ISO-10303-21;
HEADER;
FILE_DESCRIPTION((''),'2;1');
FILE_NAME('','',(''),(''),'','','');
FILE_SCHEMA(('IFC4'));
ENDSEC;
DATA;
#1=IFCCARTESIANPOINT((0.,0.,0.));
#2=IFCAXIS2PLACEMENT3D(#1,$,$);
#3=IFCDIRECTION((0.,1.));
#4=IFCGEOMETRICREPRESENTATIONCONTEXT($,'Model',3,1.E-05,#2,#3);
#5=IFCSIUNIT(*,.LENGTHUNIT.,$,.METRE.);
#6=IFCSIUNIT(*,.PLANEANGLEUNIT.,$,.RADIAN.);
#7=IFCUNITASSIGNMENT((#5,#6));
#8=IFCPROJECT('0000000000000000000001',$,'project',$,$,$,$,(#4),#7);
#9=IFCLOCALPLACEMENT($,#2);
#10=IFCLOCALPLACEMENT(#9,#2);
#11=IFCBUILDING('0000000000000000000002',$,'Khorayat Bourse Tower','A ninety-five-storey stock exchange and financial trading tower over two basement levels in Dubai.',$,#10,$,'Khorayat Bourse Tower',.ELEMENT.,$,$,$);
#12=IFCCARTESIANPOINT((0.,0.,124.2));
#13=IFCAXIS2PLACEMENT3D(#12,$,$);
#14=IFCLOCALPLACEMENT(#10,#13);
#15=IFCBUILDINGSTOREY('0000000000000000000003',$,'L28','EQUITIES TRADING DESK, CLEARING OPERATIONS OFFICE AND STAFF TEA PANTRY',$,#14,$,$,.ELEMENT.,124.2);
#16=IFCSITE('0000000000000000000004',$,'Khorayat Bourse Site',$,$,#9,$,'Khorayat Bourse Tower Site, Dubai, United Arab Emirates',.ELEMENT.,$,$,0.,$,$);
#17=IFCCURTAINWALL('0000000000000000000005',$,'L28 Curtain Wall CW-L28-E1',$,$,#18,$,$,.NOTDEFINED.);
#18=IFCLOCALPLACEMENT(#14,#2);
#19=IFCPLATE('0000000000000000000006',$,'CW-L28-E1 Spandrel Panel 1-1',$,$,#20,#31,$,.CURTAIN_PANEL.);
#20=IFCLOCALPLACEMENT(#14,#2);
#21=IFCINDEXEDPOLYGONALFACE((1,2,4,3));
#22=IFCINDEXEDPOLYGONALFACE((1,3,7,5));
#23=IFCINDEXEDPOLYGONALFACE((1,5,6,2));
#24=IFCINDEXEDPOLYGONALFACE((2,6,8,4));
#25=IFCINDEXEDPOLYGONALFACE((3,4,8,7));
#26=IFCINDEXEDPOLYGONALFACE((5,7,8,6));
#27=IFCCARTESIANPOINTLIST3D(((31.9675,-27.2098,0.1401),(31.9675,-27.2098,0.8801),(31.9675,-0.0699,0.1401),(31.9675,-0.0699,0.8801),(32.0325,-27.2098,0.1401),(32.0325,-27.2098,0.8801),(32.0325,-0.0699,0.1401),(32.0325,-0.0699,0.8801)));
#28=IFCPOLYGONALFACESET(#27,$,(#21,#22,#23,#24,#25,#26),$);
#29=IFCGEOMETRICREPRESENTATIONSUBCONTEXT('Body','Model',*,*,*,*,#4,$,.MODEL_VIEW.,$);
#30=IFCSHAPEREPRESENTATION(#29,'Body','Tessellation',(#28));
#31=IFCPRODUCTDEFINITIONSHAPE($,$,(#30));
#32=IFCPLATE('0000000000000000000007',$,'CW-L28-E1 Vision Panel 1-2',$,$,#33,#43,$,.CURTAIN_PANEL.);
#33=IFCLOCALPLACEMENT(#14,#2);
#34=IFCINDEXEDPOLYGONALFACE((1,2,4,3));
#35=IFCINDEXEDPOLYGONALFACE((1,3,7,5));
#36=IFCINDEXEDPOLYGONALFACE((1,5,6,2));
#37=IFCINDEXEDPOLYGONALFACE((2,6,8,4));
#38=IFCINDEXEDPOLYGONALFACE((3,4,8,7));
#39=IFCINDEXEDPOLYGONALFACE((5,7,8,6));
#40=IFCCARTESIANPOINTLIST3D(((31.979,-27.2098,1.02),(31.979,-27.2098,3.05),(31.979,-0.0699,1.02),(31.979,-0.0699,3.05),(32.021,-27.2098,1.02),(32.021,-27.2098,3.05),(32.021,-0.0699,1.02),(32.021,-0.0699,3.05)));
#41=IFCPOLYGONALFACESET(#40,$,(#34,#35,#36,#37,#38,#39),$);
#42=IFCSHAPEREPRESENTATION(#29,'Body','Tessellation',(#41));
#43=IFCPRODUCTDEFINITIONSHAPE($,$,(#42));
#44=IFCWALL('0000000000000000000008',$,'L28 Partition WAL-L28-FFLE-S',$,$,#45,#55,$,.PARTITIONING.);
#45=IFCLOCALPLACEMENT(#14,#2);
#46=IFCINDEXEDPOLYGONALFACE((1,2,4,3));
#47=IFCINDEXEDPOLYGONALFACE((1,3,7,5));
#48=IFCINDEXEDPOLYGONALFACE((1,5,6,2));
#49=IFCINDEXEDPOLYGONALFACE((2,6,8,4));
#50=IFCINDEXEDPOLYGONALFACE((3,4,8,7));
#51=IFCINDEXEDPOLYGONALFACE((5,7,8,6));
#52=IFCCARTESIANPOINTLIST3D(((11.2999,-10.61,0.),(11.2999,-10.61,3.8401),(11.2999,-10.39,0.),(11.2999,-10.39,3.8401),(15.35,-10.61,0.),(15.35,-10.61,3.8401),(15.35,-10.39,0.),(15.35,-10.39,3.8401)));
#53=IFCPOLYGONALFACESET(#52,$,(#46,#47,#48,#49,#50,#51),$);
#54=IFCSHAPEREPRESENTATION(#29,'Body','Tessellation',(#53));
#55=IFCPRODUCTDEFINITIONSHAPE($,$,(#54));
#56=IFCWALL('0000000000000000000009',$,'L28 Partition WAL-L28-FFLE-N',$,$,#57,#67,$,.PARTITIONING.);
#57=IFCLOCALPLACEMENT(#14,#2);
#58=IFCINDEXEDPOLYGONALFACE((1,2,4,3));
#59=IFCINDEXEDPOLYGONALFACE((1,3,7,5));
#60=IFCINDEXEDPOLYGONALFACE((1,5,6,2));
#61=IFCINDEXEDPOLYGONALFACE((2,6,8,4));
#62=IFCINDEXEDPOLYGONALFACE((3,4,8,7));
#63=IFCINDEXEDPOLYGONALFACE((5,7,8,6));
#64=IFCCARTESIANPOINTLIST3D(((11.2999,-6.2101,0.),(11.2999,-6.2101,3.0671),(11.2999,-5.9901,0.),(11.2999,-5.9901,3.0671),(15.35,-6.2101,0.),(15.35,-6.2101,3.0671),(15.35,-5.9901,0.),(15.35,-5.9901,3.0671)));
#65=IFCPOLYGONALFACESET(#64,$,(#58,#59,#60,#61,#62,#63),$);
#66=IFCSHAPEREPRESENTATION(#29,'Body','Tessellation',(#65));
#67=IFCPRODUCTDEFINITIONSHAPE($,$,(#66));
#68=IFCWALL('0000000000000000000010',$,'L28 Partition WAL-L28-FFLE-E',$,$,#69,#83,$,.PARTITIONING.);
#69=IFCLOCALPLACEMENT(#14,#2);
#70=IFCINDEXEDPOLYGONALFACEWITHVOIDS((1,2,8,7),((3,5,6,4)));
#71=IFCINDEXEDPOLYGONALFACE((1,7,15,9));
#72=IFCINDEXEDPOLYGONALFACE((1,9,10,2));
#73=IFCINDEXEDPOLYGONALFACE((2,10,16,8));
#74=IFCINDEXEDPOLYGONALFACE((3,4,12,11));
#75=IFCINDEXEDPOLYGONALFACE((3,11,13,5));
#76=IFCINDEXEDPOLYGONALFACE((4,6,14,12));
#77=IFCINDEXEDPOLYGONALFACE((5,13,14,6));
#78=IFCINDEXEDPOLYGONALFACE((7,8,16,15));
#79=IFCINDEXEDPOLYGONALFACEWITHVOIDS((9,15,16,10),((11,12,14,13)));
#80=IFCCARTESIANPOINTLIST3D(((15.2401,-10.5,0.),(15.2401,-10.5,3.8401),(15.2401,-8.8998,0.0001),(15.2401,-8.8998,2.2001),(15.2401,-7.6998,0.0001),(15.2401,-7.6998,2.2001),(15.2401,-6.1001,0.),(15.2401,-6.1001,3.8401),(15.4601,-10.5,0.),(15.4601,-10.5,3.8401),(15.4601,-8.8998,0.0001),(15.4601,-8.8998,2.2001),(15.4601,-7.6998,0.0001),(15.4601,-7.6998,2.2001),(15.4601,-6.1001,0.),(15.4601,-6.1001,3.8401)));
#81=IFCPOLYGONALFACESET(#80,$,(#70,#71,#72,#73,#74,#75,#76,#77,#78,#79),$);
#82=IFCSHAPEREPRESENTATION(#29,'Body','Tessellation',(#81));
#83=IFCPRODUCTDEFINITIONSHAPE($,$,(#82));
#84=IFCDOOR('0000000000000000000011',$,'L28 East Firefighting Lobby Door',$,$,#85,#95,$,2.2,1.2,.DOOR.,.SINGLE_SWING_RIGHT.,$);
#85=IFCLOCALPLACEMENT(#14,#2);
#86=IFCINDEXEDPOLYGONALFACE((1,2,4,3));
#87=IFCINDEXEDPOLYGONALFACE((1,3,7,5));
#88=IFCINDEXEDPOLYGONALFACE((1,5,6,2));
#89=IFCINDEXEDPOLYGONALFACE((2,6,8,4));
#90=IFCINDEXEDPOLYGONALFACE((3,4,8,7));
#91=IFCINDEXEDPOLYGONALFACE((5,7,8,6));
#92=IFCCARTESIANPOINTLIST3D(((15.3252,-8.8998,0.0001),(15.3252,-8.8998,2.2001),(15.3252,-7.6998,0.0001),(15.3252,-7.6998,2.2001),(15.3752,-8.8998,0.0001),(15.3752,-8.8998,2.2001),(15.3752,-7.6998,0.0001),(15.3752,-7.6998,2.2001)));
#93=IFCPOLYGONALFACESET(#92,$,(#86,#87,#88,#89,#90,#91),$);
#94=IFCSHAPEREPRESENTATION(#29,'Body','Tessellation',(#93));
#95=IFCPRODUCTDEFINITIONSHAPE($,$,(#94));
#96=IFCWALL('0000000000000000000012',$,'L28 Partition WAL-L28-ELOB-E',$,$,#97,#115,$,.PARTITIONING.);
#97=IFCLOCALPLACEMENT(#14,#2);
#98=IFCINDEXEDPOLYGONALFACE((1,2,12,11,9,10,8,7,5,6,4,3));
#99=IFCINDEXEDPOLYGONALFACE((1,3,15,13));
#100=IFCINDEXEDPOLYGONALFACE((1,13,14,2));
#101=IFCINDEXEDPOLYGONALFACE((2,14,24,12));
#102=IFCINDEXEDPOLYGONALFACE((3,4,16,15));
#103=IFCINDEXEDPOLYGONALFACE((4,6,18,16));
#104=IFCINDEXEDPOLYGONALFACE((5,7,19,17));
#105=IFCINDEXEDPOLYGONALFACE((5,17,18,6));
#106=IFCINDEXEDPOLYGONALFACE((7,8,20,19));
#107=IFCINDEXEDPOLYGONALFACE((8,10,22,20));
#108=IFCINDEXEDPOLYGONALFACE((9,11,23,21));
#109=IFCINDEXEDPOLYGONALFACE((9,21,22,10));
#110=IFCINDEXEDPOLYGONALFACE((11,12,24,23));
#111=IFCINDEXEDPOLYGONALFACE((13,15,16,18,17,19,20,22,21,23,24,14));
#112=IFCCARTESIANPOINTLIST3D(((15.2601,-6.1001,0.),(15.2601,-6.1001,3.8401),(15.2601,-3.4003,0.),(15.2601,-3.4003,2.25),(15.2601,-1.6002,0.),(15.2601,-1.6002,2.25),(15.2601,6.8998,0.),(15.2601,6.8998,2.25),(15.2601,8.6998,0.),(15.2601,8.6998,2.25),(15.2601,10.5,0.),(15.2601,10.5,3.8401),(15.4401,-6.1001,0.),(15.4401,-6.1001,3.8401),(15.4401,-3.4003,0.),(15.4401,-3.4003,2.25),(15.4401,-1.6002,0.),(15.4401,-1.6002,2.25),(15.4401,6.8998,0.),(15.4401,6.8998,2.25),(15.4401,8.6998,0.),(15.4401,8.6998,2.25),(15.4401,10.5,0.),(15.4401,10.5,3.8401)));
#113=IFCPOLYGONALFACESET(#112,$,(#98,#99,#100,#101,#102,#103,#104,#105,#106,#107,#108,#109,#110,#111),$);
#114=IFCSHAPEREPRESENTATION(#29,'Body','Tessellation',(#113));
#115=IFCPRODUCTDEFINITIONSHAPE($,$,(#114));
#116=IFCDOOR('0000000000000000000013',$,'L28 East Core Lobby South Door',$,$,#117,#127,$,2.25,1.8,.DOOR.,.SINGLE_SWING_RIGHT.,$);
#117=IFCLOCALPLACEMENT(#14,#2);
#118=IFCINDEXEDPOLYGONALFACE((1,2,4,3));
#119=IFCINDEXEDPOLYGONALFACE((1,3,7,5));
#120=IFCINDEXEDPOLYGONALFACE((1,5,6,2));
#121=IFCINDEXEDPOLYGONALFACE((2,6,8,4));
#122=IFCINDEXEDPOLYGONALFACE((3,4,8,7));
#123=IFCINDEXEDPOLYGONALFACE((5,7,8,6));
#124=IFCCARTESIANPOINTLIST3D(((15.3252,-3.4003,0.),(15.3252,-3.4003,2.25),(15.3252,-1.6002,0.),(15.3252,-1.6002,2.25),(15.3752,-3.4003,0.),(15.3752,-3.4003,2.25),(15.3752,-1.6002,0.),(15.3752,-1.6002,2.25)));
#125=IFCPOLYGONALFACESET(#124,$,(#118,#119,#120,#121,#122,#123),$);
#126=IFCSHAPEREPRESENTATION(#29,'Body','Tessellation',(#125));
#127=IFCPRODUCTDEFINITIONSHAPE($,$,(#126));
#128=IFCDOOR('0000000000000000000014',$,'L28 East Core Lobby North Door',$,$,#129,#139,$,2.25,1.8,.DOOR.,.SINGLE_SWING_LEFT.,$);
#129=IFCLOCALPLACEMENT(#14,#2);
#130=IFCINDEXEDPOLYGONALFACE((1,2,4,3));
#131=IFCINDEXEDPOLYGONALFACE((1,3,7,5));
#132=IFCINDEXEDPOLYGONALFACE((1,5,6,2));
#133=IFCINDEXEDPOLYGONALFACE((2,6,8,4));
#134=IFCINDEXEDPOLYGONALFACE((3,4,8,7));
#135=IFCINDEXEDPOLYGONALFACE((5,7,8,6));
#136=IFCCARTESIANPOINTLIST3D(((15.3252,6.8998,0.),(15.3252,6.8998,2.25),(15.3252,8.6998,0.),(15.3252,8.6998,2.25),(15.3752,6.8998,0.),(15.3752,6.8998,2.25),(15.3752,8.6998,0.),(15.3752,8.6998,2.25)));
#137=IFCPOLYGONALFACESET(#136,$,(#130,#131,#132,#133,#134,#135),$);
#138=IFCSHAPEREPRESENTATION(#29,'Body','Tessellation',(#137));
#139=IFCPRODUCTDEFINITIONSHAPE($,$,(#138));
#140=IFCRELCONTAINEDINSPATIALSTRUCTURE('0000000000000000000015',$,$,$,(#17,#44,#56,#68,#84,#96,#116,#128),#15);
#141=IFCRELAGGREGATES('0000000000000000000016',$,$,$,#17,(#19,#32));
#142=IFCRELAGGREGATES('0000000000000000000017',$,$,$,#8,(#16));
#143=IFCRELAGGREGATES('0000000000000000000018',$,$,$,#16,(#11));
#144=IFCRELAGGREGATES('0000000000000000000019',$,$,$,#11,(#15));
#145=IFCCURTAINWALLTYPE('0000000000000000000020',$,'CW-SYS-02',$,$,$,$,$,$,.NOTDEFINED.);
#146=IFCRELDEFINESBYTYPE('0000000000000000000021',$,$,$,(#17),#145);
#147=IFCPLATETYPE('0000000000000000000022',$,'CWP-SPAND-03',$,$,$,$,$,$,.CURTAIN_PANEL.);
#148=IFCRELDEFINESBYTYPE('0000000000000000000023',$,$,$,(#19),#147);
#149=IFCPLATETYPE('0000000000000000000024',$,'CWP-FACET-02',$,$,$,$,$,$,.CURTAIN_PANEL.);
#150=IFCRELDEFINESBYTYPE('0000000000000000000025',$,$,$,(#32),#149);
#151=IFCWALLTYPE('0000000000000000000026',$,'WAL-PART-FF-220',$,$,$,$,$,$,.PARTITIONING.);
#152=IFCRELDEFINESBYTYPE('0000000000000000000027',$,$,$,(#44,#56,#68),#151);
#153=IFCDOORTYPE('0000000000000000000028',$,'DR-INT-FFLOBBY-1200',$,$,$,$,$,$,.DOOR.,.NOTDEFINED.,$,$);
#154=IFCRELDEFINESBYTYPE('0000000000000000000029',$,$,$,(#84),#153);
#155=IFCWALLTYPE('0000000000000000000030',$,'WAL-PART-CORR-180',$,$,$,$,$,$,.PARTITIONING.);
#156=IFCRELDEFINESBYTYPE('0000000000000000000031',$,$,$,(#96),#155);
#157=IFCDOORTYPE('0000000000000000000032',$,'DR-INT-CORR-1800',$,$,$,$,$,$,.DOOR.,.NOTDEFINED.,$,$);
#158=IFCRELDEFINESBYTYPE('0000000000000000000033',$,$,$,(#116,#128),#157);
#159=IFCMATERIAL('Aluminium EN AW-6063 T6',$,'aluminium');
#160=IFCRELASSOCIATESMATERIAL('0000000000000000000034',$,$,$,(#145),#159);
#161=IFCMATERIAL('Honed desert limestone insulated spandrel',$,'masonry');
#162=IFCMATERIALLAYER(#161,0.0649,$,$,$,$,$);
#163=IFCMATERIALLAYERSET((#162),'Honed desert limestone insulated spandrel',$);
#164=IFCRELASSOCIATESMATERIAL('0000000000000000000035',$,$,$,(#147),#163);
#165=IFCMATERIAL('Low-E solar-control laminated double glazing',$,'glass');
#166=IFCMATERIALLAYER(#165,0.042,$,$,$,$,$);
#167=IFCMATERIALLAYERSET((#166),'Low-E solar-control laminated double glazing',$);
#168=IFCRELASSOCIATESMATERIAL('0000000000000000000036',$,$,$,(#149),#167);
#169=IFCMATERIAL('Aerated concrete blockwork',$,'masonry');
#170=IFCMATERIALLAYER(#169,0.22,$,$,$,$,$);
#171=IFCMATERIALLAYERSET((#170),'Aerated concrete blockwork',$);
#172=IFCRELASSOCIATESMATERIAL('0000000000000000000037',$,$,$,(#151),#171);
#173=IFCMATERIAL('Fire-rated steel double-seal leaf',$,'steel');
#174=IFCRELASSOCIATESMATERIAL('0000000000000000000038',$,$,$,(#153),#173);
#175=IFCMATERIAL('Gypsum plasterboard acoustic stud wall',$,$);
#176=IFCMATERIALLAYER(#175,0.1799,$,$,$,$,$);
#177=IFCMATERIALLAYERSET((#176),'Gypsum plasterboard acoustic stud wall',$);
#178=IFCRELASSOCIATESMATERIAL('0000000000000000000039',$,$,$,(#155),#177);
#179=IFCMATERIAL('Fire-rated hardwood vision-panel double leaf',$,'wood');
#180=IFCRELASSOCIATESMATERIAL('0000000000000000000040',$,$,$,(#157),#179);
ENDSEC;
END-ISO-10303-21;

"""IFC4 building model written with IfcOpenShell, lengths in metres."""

from ifc_helpers import new_model, si_unit, direction, frame, frame_2d, origin, origin_2d, place, context, subcontext, project, spatial, rectangle, extrude, source, transform, mapped, material, layer, layer_set, type_object, element, fill, aggregate, save


model = new_model("IFC4")

# Units and contexts
model_context = context("Model", 3, precision=1e-05, world=origin(), true_north=direction((0.0, 1.0)))
body_context = subcontext(model_context, "Body", "Model", "MODEL_VIEW")
ifc_project = project(units=[si_unit("LENGTHUNIT", "METRE"), si_unit("PLANEANGLEUNIT", "RADIAN")], contexts=[model_context])

# Site, building, storey
site_placement = place(None, origin())
site = spatial("IfcSite", under=ifc_project, at=site_placement, Name="Khorayat Bourse Site", LongName="Khorayat Bourse Tower Site, Dubai, United Arab Emirates", CompositionType="ELEMENT", RefElevation=0.0)
building_placement = place(site_placement, origin())
building = spatial("IfcBuilding", under=site, at=building_placement, Name="Khorayat Bourse Tower", Description="A ninety-five-storey stock exchange and financial trading tower over two basement levels in Dubai.", LongName="Khorayat Bourse Tower", CompositionType="ELEMENT")
storey_placement = place(building_placement, frame((0.0, 0.0, 124.2)))
storey = spatial("IfcBuildingStorey", under=building, at=storey_placement, Name="L28", Description="EQUITIES TRADING DESK, CLEARING OPERATIONS OFFICE AND STAFF TEA PANTRY", CompositionType="ELEMENT", Elevation=124.2)

# Curtain wall
ifc_material_1 = material(Name="Aluminium EN AW-6063 T6", Category="aluminium")
curtain_wall_type = type_object("IfcCurtainWallType", Name="CW-SYS-02", PredefinedType="NOTDEFINED", material=ifc_material_1)
curtain_wall_placement = place(storey_placement, origin())
curtain_wall = element("IfcCurtainWall", 1, at=curtain_wall_placement, inside=storey, type_object=curtain_wall_type, Name="L28 Curtain Wall CW-L28-E1", PredefinedType="NOTDEFINED")

# Plates
ifc_material_2 = material(Name="Honed desert limestone insulated spandrel", Category="masonry")
ifc_layer_1 = layer(ifc_material_2, 0.0649)
ifc_layer_set_1 = layer_set([ifc_layer_1], Name="Honed desert limestone insulated spandrel")
plate_type_1 = type_object("IfcPlateType", Name="CWP-SPAND-03", PredefinedType="CURTAIN_PANEL", material=ifc_layer_set_1)
shared_shape_1 = source(origin(), body_context, "Body", "SweptSolid", [
    extrude(rectangle(XDim=27.1399, YDim=0.0649, at=origin_2d()), origin(), (0.0, 0.0, 1.0), 0.74),
])
plate_1_placement = place(storey_placement, frame((32.0, -13.6399, 0.1401), z_axis=(0.0, 0.0, 1.0), x_axis=(0.0, 1.0, 0.0)))
plate_1 = element("IfcPlate", 2, at=plate_1_placement, type_object=plate_type_1, Name="CW-L28-E1 Spandrel Panel 1-1", PredefinedType="CURTAIN_PANEL", context=body_context, shape_type="MappedRepresentation", body=[
    mapped(shared_shape_1, transform((0.0, 0.0, 0.0), scale=1.0)),
])
ifc_material_3 = material(Name="Low-E solar-control laminated double glazing", Category="glass")
ifc_layer_2 = layer(ifc_material_3, 0.042)
ifc_layer_set_2 = layer_set([ifc_layer_2], Name="Low-E solar-control laminated double glazing")
plate_type_2 = type_object("IfcPlateType", Name="CWP-FACET-02", PredefinedType="CURTAIN_PANEL", material=ifc_layer_set_2)
shared_shape_2 = source(origin(), body_context, "Body", "SweptSolid", [
    extrude(rectangle(XDim=27.1399, YDim=0.042, at=origin_2d()), origin(), (0.0, 0.0, 1.0), 2.03),
])
plate_2_placement = place(storey_placement, frame((32.0, -13.6399, 1.02), z_axis=(0.0, 0.0, 1.0), x_axis=(0.0, 1.0, 0.0)))
plate_2 = element("IfcPlate", 3, at=plate_2_placement, type_object=plate_type_2, Name="CW-L28-E1 Vision Panel 1-2", PredefinedType="CURTAIN_PANEL", context=body_context, shape_type="MappedRepresentation", body=[
    mapped(shared_shape_2, transform((0.0, 0.0, 0.0), scale=1.0)),
])
aggregate(curtain_wall, [plate_1, plate_2])

# Walls
ifc_material_4 = material(Name="Aerated concrete blockwork", Category="masonry")
ifc_layer_3 = layer(ifc_material_4, 0.22)
ifc_layer_set_3 = layer_set([ifc_layer_3], Name="Aerated concrete blockwork")
wall_type_1 = type_object("IfcWallType", Name="WAL-PART-FF-220", PredefinedType="PARTITIONING", material=ifc_layer_set_3)
shared_shape_3 = source(origin(), body_context, "Body", "SweptSolid", [
    extrude(rectangle(XDim=4.05, YDim=0.22, at=frame_2d((2.0249, 0.0))), origin(), (0.0, 0.0, 1.0), 3.8401),
])
wall_1_placement = place(storey_placement, frame((11.3, -10.5, 0.0), z_axis=(0.0, 0.0, 1.0), x_axis=(1.0, 0.0, 0.0)))
element("IfcWall", 4, at=wall_1_placement, inside=storey, type_object=wall_type_1, Name="L28 Partition WAL-L28-FFLE-S", PredefinedType="PARTITIONING", context=body_context, shape_type="MappedRepresentation", body=[
    mapped(shared_shape_3, transform((0.0, 0.0, 0.0), scale=1.0)),
])
shared_shape_4 = source(origin(), body_context, "Body", "SweptSolid", [
    extrude(rectangle(XDim=4.05, YDim=0.22, at=frame_2d((2.0249, 0.0))), origin(), (0.0, 0.0, 1.0), 3.0671),
])
wall_2_placement = place(storey_placement, frame((11.3, -6.1001, 0.0), z_axis=(0.0, 0.0, 1.0), x_axis=(1.0, 0.0, 0.0)))
element("IfcWall", 5, at=wall_2_placement, inside=storey, type_object=wall_type_1, Name="L28 Partition WAL-L28-FFLE-N", PredefinedType="PARTITIONING", context=body_context, shape_type="MappedRepresentation", body=[
    mapped(shared_shape_4, transform((0.0, 0.0, 0.0), scale=1.0)),
])

# Wall, opening, door
shared_shape_5 = source(origin(), body_context, "Body", "SweptSolid", [
    extrude(rectangle(XDim=4.3999, YDim=0.22, at=frame_2d((2.2, 0.0))), origin(), (0.0, 0.0, 1.0), 3.8401),
])
wall_3_placement = place(storey_placement, frame((15.3501, -10.5, 0.0), z_axis=(0.0, 0.0, 1.0), x_axis=(0.0, 1.0, 0.0)))
wall_3 = element("IfcWall", 6, at=wall_3_placement, inside=storey, type_object=wall_type_1, Name="L28 Partition WAL-L28-FFLE-E", PredefinedType="PARTITIONING", context=body_context, shape_type="MappedRepresentation", body=[
    mapped(shared_shape_5, transform((0.0, 0.0, 0.0), scale=1.0)),
])
shared_shape_6 = source(origin(), body_context, "Body", "SweptSolid", [
    extrude(rectangle(XDim=1.2, YDim=2.2, at=frame_2d((0.6001, 1.1001))), frame((0.0, 0.1199, 0.0), z_axis=(0.0, -1.0, 0.0), x_axis=(1.0, 0.0, 0.0)), (0.0, 0.0, 1.0), 0.24),
])
opening_1_placement = place(wall_3_placement, frame((1.6001, 0.0, 0.0)))
opening_1 = element("IfcOpeningElement", 7, at=opening_1_placement, cuts=wall_3, PredefinedType="OPENING", context=body_context, shape_type="MappedRepresentation", body=[
    mapped(shared_shape_6, transform((0.0, 0.0, 0.0), scale=1.0)),
])
ifc_material_5 = material(Name="Fire-rated steel double-seal leaf", Category="steel")
door_type_1 = type_object("IfcDoorType", Name="DR-INT-FFLOBBY-1200", OperationType="NOTDEFINED", PredefinedType="DOOR", material=ifc_material_5)
shared_shape_7 = source(origin(), body_context, "Body", "SweptSolid", [
    extrude(rectangle(XDim=1.2, YDim=2.2, at=frame_2d((0.6001, 1.1001))), frame((0.0, 0.0249, 0.0), z_axis=(0.0, -1.0, 0.0), x_axis=(1.0, 0.0, 0.0)), (0.0, 0.0, 1.0), 0.05),
])
door_1_placement = place(opening_1_placement, origin())
door_1 = element("IfcDoor", 8, at=door_1_placement, inside=storey, type_object=door_type_1, Name="L28 East Firefighting Lobby Door", OperationType="SINGLE_SWING_RIGHT", OverallHeight=2.2, OverallWidth=1.2, PredefinedType="DOOR", context=body_context, shape_type="MappedRepresentation", body=[
    mapped(shared_shape_7, transform((0.0, 0.0, 0.0), scale=1.0)),
])
fill(opening_1, door_1)

# Wall, openings, doors
ifc_material_6 = material(Name="Gypsum plasterboard acoustic stud wall")
ifc_layer_4 = layer(ifc_material_6, 0.1799)
ifc_layer_set_4 = layer_set([ifc_layer_4], Name="Gypsum plasterboard acoustic stud wall")
wall_type_2 = type_object("IfcWallType", Name="WAL-PART-CORR-180", PredefinedType="PARTITIONING", material=ifc_layer_set_4)
shared_shape_8 = source(origin(), body_context, "Body", "SweptSolid", [
    extrude(rectangle(XDim=16.6001, YDim=0.1799, at=frame_2d((8.3, 0.0))), origin(), (0.0, 0.0, 1.0), 3.8401),
])
wall_4_placement = place(storey_placement, frame((15.3501, -6.1001, 0.0), z_axis=(0.0, 0.0, 1.0), x_axis=(0.0, 1.0, 0.0)))
wall_4 = element("IfcWall", 9, at=wall_4_placement, inside=storey, type_object=wall_type_2, Name="L28 Partition WAL-L28-ELOB-E", PredefinedType="PARTITIONING", context=body_context, shape_type="MappedRepresentation", body=[
    mapped(shared_shape_8, transform((0.0, 0.0, 0.0), scale=1.0)),
])
shared_shape_9 = source(origin(), body_context, "Body", "SweptSolid", [
    extrude(rectangle(XDim=1.8, YDim=2.25, at=frame_2d((0.8999, 1.125))), frame((0.0, 0.0999, 0.0), z_axis=(0.0, -1.0, 0.0), x_axis=(1.0, 0.0, 0.0)), (0.0, 0.0, 1.0), 0.2),
])
opening_2_placement = place(wall_4_placement, frame((2.7, 0.0, 0.0)))
opening_2 = element("IfcOpeningElement", 10, at=opening_2_placement, cuts=wall_4, PredefinedType="OPENING", context=body_context, shape_type="MappedRepresentation", body=[
    mapped(shared_shape_9, transform((0.0, 0.0, 0.0), scale=1.0)),
])
opening_3_placement = place(wall_4_placement, frame((13.0, 0.0, 0.0)))
opening_3 = element("IfcOpeningElement", 11, at=opening_3_placement, cuts=wall_4, PredefinedType="OPENING", context=body_context, shape_type="MappedRepresentation", body=[
    mapped(shared_shape_9, transform((0.0, 0.0, 0.0), scale=1.0)),
])
ifc_material_7 = material(Name="Fire-rated hardwood vision-panel double leaf", Category="wood")
door_type_2 = type_object("IfcDoorType", Name="DR-INT-CORR-1800", OperationType="NOTDEFINED", PredefinedType="DOOR", material=ifc_material_7)
shared_shape_10 = source(origin(), body_context, "Body", "SweptSolid", [
    extrude(rectangle(XDim=1.8, YDim=2.25, at=frame_2d((0.8999, 1.125))), frame((0.0, 0.0249, 0.0), z_axis=(0.0, -1.0, 0.0), x_axis=(1.0, 0.0, 0.0)), (0.0, 0.0, 1.0), 0.05),
])
door_2_placement = place(opening_2_placement, origin())
door_2 = element("IfcDoor", 12, at=door_2_placement, inside=storey, type_object=door_type_2, Name="L28 East Core Lobby South Door", OperationType="SINGLE_SWING_RIGHT", OverallHeight=2.25, OverallWidth=1.8, PredefinedType="DOOR", context=body_context, shape_type="MappedRepresentation", body=[
    mapped(shared_shape_10, transform((0.0, 0.0, 0.0), scale=1.0)),
])
fill(opening_2, door_2)
door_3_placement = place(opening_3_placement, origin())
door_3 = element("IfcDoor", 13, at=door_3_placement, inside=storey, type_object=door_type_2, Name="L28 East Core Lobby North Door", OperationType="SINGLE_SWING_LEFT", OverallHeight=2.25, OverallWidth=1.8, PredefinedType="DOOR", context=body_context, shape_type="MappedRepresentation", body=[
    mapped(shared_shape_10, transform((0.0, 0.0, 0.0), scale=1.0)),
])
fill(opening_3, door_3)

save(model, "model.ifc")
